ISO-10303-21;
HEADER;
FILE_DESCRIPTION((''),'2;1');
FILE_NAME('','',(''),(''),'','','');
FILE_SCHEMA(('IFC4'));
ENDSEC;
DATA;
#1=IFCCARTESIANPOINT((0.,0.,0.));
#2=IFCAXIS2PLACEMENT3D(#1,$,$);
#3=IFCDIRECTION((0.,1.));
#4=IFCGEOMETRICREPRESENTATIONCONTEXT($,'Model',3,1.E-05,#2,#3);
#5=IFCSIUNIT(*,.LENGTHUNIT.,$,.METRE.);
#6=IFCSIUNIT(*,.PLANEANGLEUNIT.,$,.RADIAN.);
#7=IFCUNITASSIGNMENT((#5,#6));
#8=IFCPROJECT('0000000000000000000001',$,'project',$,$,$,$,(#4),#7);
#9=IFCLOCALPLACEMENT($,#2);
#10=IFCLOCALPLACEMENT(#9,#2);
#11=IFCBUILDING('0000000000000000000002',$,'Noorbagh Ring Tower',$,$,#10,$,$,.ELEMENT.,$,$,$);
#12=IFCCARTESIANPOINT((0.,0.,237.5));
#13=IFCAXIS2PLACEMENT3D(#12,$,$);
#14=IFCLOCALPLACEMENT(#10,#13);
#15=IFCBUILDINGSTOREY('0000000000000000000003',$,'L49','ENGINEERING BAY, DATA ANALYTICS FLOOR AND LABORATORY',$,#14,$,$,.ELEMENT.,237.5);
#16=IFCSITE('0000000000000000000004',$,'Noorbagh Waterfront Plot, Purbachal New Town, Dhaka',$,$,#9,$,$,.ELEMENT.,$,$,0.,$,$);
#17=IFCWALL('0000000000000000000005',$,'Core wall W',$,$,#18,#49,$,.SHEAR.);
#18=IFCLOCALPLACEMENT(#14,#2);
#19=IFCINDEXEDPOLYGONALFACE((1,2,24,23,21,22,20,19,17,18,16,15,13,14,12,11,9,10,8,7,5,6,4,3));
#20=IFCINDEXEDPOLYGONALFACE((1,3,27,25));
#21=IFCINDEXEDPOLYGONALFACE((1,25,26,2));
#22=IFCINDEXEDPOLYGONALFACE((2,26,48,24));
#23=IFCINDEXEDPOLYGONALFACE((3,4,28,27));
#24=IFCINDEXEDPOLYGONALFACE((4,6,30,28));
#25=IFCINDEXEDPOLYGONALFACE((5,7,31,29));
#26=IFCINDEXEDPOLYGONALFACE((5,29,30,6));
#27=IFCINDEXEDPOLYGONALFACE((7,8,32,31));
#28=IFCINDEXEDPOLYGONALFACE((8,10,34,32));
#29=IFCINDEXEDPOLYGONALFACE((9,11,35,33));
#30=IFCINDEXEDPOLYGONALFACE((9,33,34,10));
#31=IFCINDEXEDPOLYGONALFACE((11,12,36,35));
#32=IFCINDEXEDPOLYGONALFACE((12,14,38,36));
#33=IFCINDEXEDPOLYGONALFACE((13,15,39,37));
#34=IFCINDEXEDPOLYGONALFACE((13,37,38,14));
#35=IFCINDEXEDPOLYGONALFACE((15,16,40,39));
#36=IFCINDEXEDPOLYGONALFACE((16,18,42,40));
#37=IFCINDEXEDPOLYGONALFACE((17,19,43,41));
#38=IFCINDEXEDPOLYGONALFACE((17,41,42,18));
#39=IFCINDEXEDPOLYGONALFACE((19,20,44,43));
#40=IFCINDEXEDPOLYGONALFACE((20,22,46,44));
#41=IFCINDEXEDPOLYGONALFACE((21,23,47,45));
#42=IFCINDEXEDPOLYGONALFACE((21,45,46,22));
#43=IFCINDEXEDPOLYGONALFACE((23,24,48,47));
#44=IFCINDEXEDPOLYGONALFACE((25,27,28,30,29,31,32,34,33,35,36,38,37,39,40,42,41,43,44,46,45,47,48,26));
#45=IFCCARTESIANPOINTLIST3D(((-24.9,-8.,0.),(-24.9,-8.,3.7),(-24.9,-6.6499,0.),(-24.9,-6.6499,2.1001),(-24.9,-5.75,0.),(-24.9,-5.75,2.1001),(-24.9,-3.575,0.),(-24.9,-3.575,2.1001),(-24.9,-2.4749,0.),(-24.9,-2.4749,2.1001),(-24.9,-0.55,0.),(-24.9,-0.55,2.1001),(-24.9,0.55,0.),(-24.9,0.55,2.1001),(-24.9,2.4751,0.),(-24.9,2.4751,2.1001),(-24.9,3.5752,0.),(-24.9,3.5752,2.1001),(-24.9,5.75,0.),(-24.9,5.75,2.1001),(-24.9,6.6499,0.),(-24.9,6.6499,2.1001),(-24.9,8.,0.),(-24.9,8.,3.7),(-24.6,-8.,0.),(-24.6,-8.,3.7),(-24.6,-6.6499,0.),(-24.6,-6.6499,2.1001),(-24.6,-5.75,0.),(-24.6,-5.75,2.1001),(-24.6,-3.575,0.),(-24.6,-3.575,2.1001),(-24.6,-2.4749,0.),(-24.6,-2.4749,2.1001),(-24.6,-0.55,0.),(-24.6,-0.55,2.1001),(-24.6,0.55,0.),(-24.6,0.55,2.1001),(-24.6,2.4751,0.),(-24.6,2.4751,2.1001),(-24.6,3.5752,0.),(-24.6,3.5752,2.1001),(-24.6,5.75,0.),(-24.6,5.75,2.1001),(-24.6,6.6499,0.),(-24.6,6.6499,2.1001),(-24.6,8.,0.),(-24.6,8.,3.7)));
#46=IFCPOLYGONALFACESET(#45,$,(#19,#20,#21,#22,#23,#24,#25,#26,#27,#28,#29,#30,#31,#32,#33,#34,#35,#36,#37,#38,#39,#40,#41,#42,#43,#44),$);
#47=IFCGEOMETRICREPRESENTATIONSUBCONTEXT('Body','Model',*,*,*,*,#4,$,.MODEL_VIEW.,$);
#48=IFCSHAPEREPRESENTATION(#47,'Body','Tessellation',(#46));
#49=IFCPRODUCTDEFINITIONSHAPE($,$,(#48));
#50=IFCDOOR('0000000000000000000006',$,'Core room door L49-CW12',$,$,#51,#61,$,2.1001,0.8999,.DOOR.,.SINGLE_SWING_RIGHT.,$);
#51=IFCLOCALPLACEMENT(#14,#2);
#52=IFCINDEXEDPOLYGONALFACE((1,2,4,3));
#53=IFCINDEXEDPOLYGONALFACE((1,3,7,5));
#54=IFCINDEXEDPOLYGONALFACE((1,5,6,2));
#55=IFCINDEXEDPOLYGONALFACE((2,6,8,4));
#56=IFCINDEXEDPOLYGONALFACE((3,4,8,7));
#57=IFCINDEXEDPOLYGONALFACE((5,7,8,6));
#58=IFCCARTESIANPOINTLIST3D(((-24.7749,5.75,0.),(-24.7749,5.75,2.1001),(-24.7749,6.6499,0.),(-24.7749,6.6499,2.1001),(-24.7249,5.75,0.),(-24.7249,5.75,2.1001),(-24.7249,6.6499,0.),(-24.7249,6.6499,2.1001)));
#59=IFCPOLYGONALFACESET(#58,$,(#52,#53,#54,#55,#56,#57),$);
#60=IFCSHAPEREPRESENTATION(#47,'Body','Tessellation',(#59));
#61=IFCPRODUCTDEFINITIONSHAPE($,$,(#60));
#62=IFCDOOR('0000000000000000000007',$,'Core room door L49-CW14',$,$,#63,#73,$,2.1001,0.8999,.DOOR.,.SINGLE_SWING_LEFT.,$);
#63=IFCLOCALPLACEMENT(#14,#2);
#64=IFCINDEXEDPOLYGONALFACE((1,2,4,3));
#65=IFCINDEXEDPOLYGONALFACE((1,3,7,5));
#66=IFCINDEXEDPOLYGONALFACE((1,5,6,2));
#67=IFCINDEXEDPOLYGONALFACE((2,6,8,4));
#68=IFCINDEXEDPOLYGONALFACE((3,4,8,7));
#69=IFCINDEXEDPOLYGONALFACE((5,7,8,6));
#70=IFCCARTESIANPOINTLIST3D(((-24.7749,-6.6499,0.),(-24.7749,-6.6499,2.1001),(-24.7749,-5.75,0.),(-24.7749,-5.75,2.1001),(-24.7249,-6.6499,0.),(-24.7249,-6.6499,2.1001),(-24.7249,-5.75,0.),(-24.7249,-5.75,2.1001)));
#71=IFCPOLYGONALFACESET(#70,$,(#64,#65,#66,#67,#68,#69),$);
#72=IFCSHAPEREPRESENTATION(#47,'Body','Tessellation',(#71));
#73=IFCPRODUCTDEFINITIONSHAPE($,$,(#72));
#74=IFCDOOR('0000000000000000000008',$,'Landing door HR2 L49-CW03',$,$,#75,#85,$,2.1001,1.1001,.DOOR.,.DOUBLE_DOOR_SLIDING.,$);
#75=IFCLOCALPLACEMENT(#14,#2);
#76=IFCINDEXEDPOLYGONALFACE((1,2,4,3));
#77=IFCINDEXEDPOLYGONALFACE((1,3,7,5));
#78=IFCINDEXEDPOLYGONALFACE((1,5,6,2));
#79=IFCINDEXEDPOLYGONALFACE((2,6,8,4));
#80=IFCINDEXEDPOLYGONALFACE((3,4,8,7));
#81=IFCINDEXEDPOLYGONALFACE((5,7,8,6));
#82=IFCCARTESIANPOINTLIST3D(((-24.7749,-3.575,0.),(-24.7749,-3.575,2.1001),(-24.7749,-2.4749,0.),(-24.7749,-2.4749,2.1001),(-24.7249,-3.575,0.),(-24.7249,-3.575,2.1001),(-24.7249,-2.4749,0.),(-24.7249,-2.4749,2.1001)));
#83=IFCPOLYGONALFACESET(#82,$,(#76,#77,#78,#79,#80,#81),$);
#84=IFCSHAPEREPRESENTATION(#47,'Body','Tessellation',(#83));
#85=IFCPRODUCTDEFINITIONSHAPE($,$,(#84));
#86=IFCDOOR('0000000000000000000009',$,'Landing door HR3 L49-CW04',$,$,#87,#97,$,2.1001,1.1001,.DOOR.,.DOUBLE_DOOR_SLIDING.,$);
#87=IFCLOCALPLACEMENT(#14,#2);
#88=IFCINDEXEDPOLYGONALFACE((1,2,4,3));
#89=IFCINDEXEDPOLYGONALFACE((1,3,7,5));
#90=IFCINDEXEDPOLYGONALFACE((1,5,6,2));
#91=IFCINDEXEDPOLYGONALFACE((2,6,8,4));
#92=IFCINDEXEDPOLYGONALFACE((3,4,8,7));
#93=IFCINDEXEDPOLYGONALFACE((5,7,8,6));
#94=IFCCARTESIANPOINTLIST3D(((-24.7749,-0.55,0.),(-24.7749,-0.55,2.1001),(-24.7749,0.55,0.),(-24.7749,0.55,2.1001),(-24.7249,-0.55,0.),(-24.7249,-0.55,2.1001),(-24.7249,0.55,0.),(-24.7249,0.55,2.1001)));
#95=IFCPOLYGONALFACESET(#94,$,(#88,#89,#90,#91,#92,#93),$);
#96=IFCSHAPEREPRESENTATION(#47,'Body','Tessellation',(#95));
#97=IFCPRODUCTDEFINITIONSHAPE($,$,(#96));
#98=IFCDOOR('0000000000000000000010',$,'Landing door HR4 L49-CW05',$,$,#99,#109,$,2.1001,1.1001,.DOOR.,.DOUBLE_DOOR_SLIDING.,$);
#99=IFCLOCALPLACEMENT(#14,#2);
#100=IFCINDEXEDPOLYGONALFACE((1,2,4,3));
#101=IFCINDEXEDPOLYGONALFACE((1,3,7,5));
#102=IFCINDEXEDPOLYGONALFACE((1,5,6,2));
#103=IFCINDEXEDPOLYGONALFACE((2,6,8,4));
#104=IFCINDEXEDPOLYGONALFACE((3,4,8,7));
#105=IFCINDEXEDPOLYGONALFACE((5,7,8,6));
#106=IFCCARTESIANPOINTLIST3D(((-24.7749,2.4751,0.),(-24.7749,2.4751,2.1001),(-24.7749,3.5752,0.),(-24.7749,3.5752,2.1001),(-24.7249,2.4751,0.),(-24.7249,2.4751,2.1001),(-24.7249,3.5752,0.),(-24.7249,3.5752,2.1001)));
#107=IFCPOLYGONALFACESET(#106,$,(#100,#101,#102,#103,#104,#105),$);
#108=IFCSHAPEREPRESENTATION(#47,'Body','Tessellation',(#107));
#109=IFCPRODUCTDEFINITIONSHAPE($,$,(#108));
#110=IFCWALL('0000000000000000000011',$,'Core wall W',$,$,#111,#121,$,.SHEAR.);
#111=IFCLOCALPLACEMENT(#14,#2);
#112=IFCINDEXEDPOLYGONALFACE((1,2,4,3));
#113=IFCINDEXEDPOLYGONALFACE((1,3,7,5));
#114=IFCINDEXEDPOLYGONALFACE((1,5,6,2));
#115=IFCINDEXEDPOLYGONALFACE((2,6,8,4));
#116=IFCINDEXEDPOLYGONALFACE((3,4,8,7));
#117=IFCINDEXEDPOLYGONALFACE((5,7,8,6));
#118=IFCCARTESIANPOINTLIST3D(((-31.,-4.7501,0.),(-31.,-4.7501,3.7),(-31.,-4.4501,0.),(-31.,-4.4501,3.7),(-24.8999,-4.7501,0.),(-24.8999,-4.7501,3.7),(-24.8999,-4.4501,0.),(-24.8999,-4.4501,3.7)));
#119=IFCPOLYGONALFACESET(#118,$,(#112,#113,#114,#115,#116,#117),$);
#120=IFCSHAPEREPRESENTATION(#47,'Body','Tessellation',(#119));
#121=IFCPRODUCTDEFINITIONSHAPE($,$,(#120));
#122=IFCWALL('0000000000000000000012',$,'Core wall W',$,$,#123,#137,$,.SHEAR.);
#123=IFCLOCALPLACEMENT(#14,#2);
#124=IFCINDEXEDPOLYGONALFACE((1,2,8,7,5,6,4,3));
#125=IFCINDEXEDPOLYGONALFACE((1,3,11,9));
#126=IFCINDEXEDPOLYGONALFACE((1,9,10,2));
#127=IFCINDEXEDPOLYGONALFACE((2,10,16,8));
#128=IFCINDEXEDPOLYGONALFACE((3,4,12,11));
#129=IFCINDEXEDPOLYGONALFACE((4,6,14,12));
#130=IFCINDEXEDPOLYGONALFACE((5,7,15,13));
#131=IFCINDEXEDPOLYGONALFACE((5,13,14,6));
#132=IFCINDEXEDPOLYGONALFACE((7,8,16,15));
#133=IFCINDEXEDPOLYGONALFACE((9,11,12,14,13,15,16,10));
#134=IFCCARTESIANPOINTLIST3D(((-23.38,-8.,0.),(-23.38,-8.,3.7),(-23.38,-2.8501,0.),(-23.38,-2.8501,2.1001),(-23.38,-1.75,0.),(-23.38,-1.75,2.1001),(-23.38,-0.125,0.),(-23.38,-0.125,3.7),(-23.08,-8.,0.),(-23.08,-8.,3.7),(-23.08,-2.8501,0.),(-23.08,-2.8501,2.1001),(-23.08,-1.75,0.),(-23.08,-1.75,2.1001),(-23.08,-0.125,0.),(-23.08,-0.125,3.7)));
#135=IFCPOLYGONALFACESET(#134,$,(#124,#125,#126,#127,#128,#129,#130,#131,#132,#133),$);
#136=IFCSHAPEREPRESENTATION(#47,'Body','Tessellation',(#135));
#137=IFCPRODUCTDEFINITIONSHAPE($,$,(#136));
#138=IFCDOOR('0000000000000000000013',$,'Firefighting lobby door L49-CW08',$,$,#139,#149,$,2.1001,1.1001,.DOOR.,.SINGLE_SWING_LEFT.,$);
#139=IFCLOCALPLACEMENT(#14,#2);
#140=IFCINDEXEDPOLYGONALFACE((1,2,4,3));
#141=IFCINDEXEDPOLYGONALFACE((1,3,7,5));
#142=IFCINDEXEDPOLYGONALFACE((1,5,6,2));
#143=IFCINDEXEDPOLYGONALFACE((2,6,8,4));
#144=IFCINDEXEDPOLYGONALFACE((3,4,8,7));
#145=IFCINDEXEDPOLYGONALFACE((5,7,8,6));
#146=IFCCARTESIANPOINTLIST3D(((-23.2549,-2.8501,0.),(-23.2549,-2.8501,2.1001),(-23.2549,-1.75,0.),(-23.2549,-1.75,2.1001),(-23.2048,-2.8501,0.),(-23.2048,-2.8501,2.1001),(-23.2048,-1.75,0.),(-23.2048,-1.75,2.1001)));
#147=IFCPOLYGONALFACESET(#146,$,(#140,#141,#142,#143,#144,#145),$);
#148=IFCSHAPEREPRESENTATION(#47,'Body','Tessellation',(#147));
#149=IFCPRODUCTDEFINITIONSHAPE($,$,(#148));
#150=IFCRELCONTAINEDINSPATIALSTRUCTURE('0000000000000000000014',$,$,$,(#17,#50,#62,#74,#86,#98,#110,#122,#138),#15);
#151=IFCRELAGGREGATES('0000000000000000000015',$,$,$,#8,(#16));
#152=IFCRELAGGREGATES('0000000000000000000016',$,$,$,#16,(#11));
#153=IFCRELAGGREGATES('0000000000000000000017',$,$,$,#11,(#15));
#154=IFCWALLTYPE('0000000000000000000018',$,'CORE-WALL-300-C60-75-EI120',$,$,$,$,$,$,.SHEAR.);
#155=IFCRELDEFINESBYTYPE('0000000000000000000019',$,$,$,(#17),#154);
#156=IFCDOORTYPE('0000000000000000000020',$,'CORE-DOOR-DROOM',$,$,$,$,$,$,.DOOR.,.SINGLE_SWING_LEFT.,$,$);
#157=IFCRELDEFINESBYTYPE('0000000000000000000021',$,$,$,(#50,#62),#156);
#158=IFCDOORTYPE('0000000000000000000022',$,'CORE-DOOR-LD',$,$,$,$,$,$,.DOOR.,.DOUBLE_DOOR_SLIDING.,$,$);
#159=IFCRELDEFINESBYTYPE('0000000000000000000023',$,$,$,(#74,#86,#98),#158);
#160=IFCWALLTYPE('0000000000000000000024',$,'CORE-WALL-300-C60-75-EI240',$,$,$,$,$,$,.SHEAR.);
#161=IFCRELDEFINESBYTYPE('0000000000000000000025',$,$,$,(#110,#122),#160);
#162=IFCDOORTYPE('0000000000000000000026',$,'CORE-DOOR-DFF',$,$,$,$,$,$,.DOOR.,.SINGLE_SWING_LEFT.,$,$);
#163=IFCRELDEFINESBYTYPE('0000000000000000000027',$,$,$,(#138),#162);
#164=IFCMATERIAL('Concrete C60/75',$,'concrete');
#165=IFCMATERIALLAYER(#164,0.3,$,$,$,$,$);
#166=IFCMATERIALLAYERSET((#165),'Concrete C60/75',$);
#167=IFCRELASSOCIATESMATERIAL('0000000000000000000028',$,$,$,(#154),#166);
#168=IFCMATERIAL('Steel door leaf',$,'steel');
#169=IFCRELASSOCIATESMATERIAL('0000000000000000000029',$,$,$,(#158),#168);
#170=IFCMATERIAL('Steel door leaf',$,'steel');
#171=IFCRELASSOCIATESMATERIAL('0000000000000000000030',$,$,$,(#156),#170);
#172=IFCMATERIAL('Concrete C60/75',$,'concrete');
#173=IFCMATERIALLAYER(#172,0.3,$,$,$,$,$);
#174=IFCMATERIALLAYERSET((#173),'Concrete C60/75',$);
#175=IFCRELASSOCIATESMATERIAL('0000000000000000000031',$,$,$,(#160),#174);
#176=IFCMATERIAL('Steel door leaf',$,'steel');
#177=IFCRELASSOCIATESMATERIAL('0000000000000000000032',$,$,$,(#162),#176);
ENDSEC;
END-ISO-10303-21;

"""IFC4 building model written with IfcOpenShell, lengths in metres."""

from ifc_helpers import new_model, si_unit, direction, frame, frame_2d, origin, place, context, subcontext, project, spatial, rectangle, extrude, material, layer, layer_set, type_object, element, fill, save


model = new_model("IFC4")

# Units and contexts
model_context = context("Model", 3, precision=1e-05, world=origin(), true_north=direction((0.0, 1.0)))
body_context = subcontext(model_context, "Body", "Model", "MODEL_VIEW")
ifc_project = project(units=[si_unit("LENGTHUNIT", "METRE"), si_unit("PLANEANGLEUNIT", "RADIAN")], contexts=[model_context])

# Site, building, storey
site_placement = place(None, origin())
site = spatial("IfcSite", under=ifc_project, at=site_placement, Name="Noorbagh Waterfront Plot, Purbachal New Town, Dhaka", CompositionType="ELEMENT", RefElevation=0.0)
building_placement = place(site_placement, origin())
building = spatial("IfcBuilding", under=site, at=building_placement, Name="Noorbagh Ring Tower", CompositionType="ELEMENT")
storey_placement = place(building_placement, frame((0.0, 0.0, 237.5)))
storey = spatial("IfcBuildingStorey", under=building, at=storey_placement, Name="L49", Description="ENGINEERING BAY, DATA ANALYTICS FLOOR AND LABORATORY", CompositionType="ELEMENT", Elevation=237.5)

# Shared definitions
ifc_material_1 = material(Name="Concrete C60/75", Category="concrete")
ifc_layer_1 = layer(ifc_material_1, 0.3)
ifc_layer_set_1 = layer_set([ifc_layer_1], Name="Concrete C60/75")
wall_type_1 = type_object("IfcWallType", Name="CORE-WALL-300-C60-75-EI120", PredefinedType="SHEAR", material=ifc_layer_set_1)

# Wall, openings, doors
ifc_material_2 = material(Name="Steel door leaf", Category="steel")
door_type_1 = type_object("IfcDoorType", Name="CORE-DOOR-LD", OperationType="DOUBLE_DOOR_SLIDING", PredefinedType="DOOR", material=ifc_material_2)
wall_1_placement = place(storey_placement, frame((-24.75, -8.0, 0.0), z_axis=(0.0, 0.0, 1.0), x_axis=(0.0, 1.0, 0.0)))
wall_1 = element("IfcWall", 1, at=wall_1_placement, inside=storey, type_object=wall_type_1, Name="Core wall W", PredefinedType="SHEAR", context=body_context, shape_type="SweptSolid", body=[
    extrude(rectangle(XDim=16.0, YDim=0.3, at=frame_2d((8.0, 0.0))), origin(), (0.0, 0.0, 1.0), 3.7),
])
opening_1_placement = place(wall_1_placement, frame((4.425, 0.0, 0.0)))
opening_1 = element("IfcOpeningElement", 2, at=opening_1_placement, cuts=wall_1, PredefinedType="OPENING", context=body_context, shape_type="SweptSolid", body=[
    extrude(rectangle(XDim=1.1001, YDim=2.1001, at=frame_2d((0.55, 1.05))), frame((0.0, 0.1602, 0.0), z_axis=(0.0, -1.0, 0.0), x_axis=(1.0, 0.0, 0.0)), (0.0, 0.0, 1.0), 0.3201),
])
opening_2_placement = place(wall_1_placement, frame((7.45, 0.0, 0.0)))
opening_2 = element("IfcOpeningElement", 3, at=opening_2_placement, cuts=wall_1, PredefinedType="OPENING", context=body_context, shape_type="SweptSolid", body=[
    extrude(rectangle(XDim=1.1001, YDim=2.1001, at=frame_2d((0.55, 1.05))), frame((0.0, 0.1602, 0.0), z_axis=(0.0, -1.0, 0.0), x_axis=(1.0, 0.0, 0.0)), (0.0, 0.0, 1.0), 0.3201),
])
opening_3_placement = place(wall_1_placement, frame((10.4751, 0.0, 0.0)))
opening_3 = element("IfcOpeningElement", 4, at=opening_3_placement, cuts=wall_1, PredefinedType="OPENING", context=body_context, shape_type="SweptSolid", body=[
    extrude(rectangle(XDim=1.1001, YDim=2.1001, at=frame_2d((0.55, 1.05))), frame((0.0, 0.1602, 0.0), z_axis=(0.0, -1.0, 0.0), x_axis=(1.0, 0.0, 0.0)), (0.0, 0.0, 1.0), 0.3201),
])
opening_4_placement = place(wall_1_placement, frame((13.75, 0.0, 0.0)))
opening_4 = element("IfcOpeningElement", 5, at=opening_4_placement, cuts=wall_1, PredefinedType="OPENING", context=body_context, shape_type="SweptSolid", body=[
    extrude(rectangle(XDim=0.8999, YDim=2.1001, at=frame_2d((0.45, 1.05))), frame((0.0, 0.1602, 0.0), z_axis=(0.0, -1.0, 0.0), x_axis=(1.0, 0.0, 0.0)), (0.0, 0.0, 1.0), 0.3201),
])
opening_5_placement = place(wall_1_placement, frame((1.3501, 0.0, 0.0)))
opening_5 = element("IfcOpeningElement", 6, at=opening_5_placement, cuts=wall_1, PredefinedType="OPENING", context=body_context, shape_type="SweptSolid", body=[
    extrude(rectangle(XDim=0.8999, YDim=2.1001, at=frame_2d((0.45, 1.05))), frame((0.0, 0.1602, 0.0), z_axis=(0.0, -1.0, 0.0), x_axis=(1.0, 0.0, 0.0)), (0.0, 0.0, 1.0), 0.3201),
])
ifc_material_3 = material(Name="Steel door leaf", Category="steel")
door_type_2 = type_object("IfcDoorType", Name="CORE-DOOR-DROOM", OperationType="SINGLE_SWING_LEFT", PredefinedType="DOOR", material=ifc_material_3)
door_1_placement = place(opening_4_placement, origin())
door_1 = element("IfcDoor", 7, at=door_1_placement, inside=storey, type_object=door_type_2, Name="Core room door L49-CW12", OperationType="SINGLE_SWING_RIGHT", OverallHeight=2.1001, OverallWidth=0.8999, PredefinedType="DOOR", context=body_context, shape_type="SweptSolid", body=[
    extrude(rectangle(XDim=0.8999, YDim=2.1001, at=frame_2d((0.45, 1.05))), frame((0.0, 0.0249, 0.0), z_axis=(0.0, -1.0, 0.0), x_axis=(1.0, 0.0, 0.0)), (0.0, 0.0, 1.0), 0.05),
])
fill(opening_4, door_1)
door_2_placement = place(opening_5_placement, origin())
door_2 = element("IfcDoor", 8, at=door_2_placement, inside=storey, type_object=door_type_2, Name="Core room door L49-CW14", OperationType="SINGLE_SWING_LEFT", OverallHeight=2.1001, OverallWidth=0.8999, PredefinedType="DOOR", context=body_context, shape_type="SweptSolid", body=[
    extrude(rectangle(XDim=0.8999, YDim=2.1001, at=frame_2d((0.45, 1.05))), frame((0.0, 0.0249, 0.0), z_axis=(0.0, -1.0, 0.0), x_axis=(1.0, 0.0, 0.0)), (0.0, 0.0, 1.0), 0.05),
])
fill(opening_5, door_2)
door_3_placement = place(opening_1_placement, origin())
door_3 = element("IfcDoor", 9, at=door_3_placement, inside=storey, type_object=door_type_1, Name="Landing door HR2 L49-CW03", OperationType="DOUBLE_DOOR_SLIDING", OverallHeight=2.1001, OverallWidth=1.1001, PredefinedType="DOOR", context=body_context, shape_type="SweptSolid", body=[
    extrude(rectangle(XDim=1.1001, YDim=2.1001, at=frame_2d((0.55, 1.05))), frame((0.0, 0.0249, 0.0), z_axis=(0.0, -1.0, 0.0), x_axis=(1.0, 0.0, 0.0)), (0.0, 0.0, 1.0), 0.05),
])
fill(opening_1, door_3)
door_4_placement = place(opening_2_placement, origin())
door_4 = element("IfcDoor", 10, at=door_4_placement, inside=storey, type_object=door_type_1, Name="Landing door HR3 L49-CW04", OperationType="DOUBLE_DOOR_SLIDING", OverallHeight=2.1001, OverallWidth=1.1001, PredefinedType="DOOR", context=body_context, shape_type="SweptSolid", body=[
    extrude(rectangle(XDim=1.1001, YDim=2.1001, at=frame_2d((0.55, 1.05))), frame((0.0, 0.0249, 0.0), z_axis=(0.0, -1.0, 0.0), x_axis=(1.0, 0.0, 0.0)), (0.0, 0.0, 1.0), 0.05),
])
fill(opening_2, door_4)
door_5_placement = place(opening_3_placement, origin())
door_5 = element("IfcDoor", 11, at=door_5_placement, inside=storey, type_object=door_type_1, Name="Landing door HR4 L49-CW05", OperationType="DOUBLE_DOOR_SLIDING", OverallHeight=2.1001, OverallWidth=1.1001, PredefinedType="DOOR", context=body_context, shape_type="SweptSolid", body=[
    extrude(rectangle(XDim=1.1001, YDim=2.1001, at=frame_2d((0.55, 1.05))), frame((0.0, 0.0249, 0.0), z_axis=(0.0, -1.0, 0.0), x_axis=(1.0, 0.0, 0.0)), (0.0, 0.0, 1.0), 0.05),
])
fill(opening_3, door_5)

# Wall
ifc_material_4 = material(Name="Concrete C60/75", Category="concrete")
ifc_layer_2 = layer(ifc_material_4, 0.3)
ifc_layer_set_2 = layer_set([ifc_layer_2], Name="Concrete C60/75")
wall_type_2 = type_object("IfcWallType", Name="CORE-WALL-300-C60-75-EI240", PredefinedType="SHEAR", material=ifc_layer_set_2)
wall_2_placement = place(storey_placement, frame((-24.8999, -4.6001, 0.0), z_axis=(0.0, 0.0, 1.0), x_axis=(-1.0, 0.0, 0.0)))
element("IfcWall", 12, at=wall_2_placement, inside=storey, type_object=wall_type_2, Name="Core wall W", PredefinedType="SHEAR", context=body_context, shape_type="SweptSolid", body=[
    extrude(rectangle(XDim=6.1001, YDim=0.3, at=frame_2d((3.05, 0.0))), origin(), (0.0, 0.0, 1.0), 3.7),
])

# Wall, opening, door
wall_3_placement = place(storey_placement, frame((-23.23, -8.0, 0.0), z_axis=(0.0, 0.0, 1.0), x_axis=(0.0, 1.0, 0.0)))
wall_3 = element("IfcWall", 13, at=wall_3_placement, inside=storey, type_object=wall_type_2, Name="Core wall W", PredefinedType="SHEAR", context=body_context, shape_type="SweptSolid", body=[
    extrude(rectangle(XDim=7.875, YDim=0.3, at=frame_2d((3.9375, 0.0))), origin(), (0.0, 0.0, 1.0), 3.7),
])
opening_6_placement = place(wall_3_placement, frame((5.1499, 0.0, 0.0)))
opening_6 = element("IfcOpeningElement", 14, at=opening_6_placement, cuts=wall_3, PredefinedType="OPENING", context=body_context, shape_type="SweptSolid", body=[
    extrude(rectangle(XDim=1.1001, YDim=2.1001, at=frame_2d((0.55, 1.05))), frame((0.0, 0.1602, 0.0), z_axis=(0.0, -1.0, 0.0), x_axis=(1.0, 0.0, 0.0)), (0.0, 0.0, 1.0), 0.3201),
])
ifc_material_5 = material(Name="Steel door leaf", Category="steel")
door_type_3 = type_object("IfcDoorType", Name="CORE-DOOR-DFF", OperationType="SINGLE_SWING_LEFT", PredefinedType="DOOR", material=ifc_material_5)
door_6_placement = place(opening_6_placement, origin())
door_6 = element("IfcDoor", 15, at=door_6_placement, inside=storey, type_object=door_type_3, Name="Firefighting lobby door L49-CW08", OperationType="SINGLE_SWING_LEFT", OverallHeight=2.1001, OverallWidth=1.1001, PredefinedType="DOOR", context=body_context, shape_type="SweptSolid", body=[
    extrude(rectangle(XDim=1.1001, YDim=2.1001, at=frame_2d((0.55, 1.05))), frame((0.0, 0.0249, 0.0), z_axis=(0.0, -1.0, 0.0), x_axis=(1.0, 0.0, 0.0)), (0.0, 0.0, 1.0), 0.05),
])
fill(opening_6, door_6)

save(model, "model.ifc")
